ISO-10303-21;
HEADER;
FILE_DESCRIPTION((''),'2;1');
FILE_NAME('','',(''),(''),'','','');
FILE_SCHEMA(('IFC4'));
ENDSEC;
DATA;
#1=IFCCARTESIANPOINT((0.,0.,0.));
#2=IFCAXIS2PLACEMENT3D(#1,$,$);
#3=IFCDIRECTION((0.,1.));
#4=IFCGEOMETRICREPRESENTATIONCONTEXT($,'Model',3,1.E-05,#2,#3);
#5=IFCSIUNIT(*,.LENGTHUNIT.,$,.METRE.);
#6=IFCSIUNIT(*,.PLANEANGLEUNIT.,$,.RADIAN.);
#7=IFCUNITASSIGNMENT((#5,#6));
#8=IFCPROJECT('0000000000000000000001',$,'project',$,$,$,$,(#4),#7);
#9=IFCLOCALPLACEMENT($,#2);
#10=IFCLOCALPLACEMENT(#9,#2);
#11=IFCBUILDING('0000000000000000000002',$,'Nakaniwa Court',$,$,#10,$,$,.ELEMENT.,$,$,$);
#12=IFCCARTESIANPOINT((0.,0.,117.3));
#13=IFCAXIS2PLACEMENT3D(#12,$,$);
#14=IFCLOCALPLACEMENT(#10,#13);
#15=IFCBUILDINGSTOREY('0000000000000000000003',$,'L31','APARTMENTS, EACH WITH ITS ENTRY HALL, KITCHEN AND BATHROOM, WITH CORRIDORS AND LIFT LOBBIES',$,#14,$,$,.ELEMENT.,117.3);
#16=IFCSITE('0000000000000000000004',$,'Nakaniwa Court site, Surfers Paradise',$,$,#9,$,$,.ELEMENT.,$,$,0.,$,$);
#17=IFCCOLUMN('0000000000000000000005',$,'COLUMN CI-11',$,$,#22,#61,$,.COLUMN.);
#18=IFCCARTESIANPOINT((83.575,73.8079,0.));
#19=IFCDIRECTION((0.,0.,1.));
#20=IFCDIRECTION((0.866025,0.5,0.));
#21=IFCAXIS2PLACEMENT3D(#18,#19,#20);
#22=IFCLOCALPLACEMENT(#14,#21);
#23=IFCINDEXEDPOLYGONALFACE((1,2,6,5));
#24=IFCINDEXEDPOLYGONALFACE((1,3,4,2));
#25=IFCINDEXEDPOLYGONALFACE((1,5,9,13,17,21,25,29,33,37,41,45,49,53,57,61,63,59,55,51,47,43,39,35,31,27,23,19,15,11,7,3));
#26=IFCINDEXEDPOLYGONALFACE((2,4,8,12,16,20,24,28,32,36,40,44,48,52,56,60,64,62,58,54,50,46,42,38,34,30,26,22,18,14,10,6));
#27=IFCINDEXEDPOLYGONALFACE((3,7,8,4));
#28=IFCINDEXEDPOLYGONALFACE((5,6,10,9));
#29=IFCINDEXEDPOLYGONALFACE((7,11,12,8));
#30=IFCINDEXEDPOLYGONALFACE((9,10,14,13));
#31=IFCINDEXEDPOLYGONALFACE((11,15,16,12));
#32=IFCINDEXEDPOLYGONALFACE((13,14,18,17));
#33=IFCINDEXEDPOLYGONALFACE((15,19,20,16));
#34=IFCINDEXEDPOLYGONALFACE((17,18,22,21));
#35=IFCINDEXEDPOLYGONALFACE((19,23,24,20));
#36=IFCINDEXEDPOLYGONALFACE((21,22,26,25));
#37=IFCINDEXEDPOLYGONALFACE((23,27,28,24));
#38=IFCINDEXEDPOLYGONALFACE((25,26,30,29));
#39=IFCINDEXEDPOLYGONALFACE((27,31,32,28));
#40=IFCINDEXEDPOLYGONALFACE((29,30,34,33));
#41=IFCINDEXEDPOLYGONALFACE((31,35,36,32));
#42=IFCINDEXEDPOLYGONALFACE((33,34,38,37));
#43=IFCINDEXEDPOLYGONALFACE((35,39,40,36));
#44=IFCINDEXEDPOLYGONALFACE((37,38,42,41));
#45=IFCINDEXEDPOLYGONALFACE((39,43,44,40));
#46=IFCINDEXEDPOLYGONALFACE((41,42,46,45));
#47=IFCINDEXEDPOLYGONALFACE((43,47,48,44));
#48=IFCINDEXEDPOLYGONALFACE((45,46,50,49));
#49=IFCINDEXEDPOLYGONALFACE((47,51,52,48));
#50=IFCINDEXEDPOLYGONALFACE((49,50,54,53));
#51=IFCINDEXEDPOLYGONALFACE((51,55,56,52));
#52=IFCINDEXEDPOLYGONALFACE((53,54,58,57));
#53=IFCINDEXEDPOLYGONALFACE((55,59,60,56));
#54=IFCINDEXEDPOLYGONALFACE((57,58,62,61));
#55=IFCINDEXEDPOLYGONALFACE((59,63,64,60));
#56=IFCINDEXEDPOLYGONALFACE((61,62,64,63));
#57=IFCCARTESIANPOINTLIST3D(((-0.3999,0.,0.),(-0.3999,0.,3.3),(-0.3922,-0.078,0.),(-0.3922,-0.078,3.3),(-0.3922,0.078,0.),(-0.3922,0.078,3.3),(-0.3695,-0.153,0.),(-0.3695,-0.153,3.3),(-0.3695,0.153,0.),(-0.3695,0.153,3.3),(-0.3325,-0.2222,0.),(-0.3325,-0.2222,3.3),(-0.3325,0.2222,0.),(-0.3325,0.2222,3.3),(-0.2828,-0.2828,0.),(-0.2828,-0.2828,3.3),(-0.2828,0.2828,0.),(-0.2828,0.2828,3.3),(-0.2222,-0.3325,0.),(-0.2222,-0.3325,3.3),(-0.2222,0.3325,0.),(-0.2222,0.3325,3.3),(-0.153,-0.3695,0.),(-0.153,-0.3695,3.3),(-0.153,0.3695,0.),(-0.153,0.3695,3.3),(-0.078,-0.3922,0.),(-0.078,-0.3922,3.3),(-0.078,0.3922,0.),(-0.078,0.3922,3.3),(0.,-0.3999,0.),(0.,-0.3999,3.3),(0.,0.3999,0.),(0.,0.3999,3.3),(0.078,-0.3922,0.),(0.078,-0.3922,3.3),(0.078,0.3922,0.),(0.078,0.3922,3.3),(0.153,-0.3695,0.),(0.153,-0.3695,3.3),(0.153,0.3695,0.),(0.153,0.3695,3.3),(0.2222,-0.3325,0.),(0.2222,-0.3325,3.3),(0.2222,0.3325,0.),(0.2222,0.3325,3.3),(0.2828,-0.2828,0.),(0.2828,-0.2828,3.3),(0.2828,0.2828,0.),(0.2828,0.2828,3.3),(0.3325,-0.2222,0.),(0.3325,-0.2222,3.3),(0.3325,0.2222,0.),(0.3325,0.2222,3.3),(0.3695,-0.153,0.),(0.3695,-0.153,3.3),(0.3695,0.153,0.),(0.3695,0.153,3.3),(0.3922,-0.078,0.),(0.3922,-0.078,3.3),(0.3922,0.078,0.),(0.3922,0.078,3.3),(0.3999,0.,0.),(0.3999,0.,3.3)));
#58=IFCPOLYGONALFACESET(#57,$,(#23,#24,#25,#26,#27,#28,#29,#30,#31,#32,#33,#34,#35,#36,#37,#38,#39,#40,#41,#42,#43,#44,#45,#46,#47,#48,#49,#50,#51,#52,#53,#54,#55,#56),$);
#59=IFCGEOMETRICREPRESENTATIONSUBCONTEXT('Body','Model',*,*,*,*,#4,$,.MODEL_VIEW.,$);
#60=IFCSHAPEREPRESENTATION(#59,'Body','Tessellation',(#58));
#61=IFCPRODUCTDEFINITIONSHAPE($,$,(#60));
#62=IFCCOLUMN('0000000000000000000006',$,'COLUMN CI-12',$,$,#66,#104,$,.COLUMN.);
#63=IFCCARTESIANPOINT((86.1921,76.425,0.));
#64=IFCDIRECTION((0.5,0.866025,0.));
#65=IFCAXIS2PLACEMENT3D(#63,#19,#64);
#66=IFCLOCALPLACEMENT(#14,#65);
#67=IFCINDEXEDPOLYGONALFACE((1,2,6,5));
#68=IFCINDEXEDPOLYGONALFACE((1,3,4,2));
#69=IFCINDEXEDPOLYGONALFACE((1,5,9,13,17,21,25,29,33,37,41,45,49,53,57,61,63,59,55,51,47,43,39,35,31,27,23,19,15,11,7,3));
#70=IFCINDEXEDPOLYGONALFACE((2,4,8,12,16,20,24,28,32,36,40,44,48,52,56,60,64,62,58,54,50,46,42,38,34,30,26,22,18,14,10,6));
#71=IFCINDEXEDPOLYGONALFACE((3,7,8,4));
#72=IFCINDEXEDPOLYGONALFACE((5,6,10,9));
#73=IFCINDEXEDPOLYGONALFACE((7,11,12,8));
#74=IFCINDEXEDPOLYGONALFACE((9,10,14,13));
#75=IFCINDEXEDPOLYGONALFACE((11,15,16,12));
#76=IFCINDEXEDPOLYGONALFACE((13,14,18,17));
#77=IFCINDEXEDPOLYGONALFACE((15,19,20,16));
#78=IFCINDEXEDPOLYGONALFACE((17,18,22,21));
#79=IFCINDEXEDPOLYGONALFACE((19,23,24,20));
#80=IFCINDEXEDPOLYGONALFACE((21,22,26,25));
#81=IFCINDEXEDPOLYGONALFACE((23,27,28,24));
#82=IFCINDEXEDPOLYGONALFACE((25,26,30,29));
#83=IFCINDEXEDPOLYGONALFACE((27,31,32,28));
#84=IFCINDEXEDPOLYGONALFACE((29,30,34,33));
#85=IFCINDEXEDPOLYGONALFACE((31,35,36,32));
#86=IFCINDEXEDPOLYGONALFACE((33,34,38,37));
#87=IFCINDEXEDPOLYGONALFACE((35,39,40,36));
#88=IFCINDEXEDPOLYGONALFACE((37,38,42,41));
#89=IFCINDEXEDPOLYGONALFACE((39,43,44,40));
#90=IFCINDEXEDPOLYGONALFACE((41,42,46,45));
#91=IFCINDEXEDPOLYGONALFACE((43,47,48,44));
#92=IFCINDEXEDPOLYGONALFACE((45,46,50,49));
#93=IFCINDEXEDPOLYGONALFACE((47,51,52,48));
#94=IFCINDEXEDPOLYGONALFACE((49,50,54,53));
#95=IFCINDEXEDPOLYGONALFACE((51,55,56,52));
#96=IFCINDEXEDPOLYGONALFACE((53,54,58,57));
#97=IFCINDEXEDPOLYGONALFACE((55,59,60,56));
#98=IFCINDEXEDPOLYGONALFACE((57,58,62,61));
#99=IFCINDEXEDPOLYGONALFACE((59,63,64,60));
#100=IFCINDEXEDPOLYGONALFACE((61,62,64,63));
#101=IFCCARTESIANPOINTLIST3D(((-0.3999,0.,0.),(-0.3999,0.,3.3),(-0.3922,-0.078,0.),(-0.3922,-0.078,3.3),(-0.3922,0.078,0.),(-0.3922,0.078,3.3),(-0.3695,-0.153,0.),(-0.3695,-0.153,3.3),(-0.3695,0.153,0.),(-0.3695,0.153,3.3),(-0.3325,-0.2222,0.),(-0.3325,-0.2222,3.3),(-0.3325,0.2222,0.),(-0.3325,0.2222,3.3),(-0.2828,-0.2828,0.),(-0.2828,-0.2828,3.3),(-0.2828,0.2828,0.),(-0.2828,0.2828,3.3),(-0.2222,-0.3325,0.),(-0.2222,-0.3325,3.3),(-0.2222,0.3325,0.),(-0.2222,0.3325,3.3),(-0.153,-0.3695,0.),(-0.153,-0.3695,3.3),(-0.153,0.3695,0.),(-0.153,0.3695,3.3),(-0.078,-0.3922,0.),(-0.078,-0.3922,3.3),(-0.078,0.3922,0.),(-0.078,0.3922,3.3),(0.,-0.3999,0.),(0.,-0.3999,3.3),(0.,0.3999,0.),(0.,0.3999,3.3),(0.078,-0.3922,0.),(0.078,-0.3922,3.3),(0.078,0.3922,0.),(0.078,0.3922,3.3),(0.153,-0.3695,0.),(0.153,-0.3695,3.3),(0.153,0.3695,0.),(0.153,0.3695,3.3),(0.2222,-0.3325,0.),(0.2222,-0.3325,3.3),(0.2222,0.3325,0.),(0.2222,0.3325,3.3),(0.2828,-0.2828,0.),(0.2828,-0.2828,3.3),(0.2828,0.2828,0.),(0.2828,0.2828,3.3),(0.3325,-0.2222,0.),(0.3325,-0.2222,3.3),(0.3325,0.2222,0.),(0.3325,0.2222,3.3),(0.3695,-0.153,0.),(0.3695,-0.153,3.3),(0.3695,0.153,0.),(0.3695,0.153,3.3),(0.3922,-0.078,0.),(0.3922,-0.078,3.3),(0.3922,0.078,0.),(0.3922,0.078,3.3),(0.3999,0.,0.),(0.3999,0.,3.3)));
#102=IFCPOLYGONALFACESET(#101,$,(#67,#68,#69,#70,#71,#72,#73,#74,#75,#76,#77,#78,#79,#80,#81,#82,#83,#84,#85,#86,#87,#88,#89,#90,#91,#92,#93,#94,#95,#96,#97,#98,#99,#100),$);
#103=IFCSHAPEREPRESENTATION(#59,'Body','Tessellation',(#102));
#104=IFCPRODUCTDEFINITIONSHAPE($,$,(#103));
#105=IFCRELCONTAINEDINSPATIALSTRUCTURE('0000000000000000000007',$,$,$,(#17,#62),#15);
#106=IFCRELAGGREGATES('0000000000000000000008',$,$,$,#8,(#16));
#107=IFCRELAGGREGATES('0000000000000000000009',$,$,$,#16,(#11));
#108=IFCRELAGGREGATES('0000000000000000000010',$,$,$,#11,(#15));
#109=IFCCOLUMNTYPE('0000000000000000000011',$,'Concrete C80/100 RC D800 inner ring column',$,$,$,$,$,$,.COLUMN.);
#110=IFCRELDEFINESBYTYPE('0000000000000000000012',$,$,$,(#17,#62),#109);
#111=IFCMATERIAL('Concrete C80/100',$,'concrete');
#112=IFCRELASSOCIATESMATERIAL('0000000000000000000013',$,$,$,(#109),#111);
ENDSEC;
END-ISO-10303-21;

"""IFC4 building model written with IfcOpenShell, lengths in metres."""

from ifc_helpers import new_model, si_unit, direction, frame, origin, origin_2d, place, context, subcontext, project, spatial, circle, extrude, material, material_profile, profile_set, type_object, element, save


model = new_model("IFC4")

# Units and contexts
model_context = context("Model", 3, precision=1e-05, world=origin(), true_north=direction((0.0, 1.0)))
body_context = subcontext(model_context, "Body", "Model", "MODEL_VIEW")
ifc_project = project(units=[si_unit("LENGTHUNIT", "METRE"), si_unit("PLANEANGLEUNIT", "RADIAN")], contexts=[model_context])

# Site, building, storey
site_placement = place(None, origin())
site = spatial("IfcSite", under=ifc_project, at=site_placement, Name="Nakaniwa Court site, Surfers Paradise", CompositionType="ELEMENT", RefElevation=0.0)
building_placement = place(site_placement, origin())
building = spatial("IfcBuilding", under=site, at=building_placement, Name="Nakaniwa Court", CompositionType="ELEMENT")
storey_placement = place(building_placement, frame((0.0, 0.0, 117.3)))
storey = spatial("IfcBuildingStorey", under=building, at=storey_placement, Name="L31", Description="APARTMENTS, EACH WITH ITS ENTRY HALL, KITCHEN AND BATHROOM, WITH CORRIDORS AND LIFT LOBBIES", CompositionType="ELEMENT", Elevation=117.3)

# Columns
ifc_material_1 = material(Name="Concrete C80/100", Category="concrete")
ifc_material_profile_1 = material_profile(ifc_material_1, circle(Radius=0.3999, at=origin_2d()), Name="Concrete C80/100 RC D800 inner ring column")
ifc_profile_set_1 = profile_set([ifc_material_profile_1], Name="Concrete C80/100")
column_type = type_object("IfcColumnType", Name="Concrete C80/100 RC D800 inner ring column", PredefinedType="COLUMN", material=ifc_profile_set_1)
for number, where, z_axis, x_axis, name in (
    (1, (83.575, 73.8079, 0.0), (0.0, 0.0, 1.0), (0.866025, 0.5, 0.0), "COLUMN CI-11"),
    (2, (86.1921, 76.425, 0.0), (0.0, 0.0, 1.0), (0.5, 0.866025, 0.0), "COLUMN CI-12"),
):
    element("IfcColumn", number, at=place(storey_placement, frame(where, z_axis=z_axis, x_axis=x_axis)), inside=storey, type_object=column_type, Name=name, PredefinedType="COLUMN", context=body_context, shape_type="SweptSolid", body=[
        extrude(circle(Radius=0.3999, at=origin_2d()), origin(), (0.0, 0.0, 1.0), 3.3),
    ])

save(model, "model.ifc")
